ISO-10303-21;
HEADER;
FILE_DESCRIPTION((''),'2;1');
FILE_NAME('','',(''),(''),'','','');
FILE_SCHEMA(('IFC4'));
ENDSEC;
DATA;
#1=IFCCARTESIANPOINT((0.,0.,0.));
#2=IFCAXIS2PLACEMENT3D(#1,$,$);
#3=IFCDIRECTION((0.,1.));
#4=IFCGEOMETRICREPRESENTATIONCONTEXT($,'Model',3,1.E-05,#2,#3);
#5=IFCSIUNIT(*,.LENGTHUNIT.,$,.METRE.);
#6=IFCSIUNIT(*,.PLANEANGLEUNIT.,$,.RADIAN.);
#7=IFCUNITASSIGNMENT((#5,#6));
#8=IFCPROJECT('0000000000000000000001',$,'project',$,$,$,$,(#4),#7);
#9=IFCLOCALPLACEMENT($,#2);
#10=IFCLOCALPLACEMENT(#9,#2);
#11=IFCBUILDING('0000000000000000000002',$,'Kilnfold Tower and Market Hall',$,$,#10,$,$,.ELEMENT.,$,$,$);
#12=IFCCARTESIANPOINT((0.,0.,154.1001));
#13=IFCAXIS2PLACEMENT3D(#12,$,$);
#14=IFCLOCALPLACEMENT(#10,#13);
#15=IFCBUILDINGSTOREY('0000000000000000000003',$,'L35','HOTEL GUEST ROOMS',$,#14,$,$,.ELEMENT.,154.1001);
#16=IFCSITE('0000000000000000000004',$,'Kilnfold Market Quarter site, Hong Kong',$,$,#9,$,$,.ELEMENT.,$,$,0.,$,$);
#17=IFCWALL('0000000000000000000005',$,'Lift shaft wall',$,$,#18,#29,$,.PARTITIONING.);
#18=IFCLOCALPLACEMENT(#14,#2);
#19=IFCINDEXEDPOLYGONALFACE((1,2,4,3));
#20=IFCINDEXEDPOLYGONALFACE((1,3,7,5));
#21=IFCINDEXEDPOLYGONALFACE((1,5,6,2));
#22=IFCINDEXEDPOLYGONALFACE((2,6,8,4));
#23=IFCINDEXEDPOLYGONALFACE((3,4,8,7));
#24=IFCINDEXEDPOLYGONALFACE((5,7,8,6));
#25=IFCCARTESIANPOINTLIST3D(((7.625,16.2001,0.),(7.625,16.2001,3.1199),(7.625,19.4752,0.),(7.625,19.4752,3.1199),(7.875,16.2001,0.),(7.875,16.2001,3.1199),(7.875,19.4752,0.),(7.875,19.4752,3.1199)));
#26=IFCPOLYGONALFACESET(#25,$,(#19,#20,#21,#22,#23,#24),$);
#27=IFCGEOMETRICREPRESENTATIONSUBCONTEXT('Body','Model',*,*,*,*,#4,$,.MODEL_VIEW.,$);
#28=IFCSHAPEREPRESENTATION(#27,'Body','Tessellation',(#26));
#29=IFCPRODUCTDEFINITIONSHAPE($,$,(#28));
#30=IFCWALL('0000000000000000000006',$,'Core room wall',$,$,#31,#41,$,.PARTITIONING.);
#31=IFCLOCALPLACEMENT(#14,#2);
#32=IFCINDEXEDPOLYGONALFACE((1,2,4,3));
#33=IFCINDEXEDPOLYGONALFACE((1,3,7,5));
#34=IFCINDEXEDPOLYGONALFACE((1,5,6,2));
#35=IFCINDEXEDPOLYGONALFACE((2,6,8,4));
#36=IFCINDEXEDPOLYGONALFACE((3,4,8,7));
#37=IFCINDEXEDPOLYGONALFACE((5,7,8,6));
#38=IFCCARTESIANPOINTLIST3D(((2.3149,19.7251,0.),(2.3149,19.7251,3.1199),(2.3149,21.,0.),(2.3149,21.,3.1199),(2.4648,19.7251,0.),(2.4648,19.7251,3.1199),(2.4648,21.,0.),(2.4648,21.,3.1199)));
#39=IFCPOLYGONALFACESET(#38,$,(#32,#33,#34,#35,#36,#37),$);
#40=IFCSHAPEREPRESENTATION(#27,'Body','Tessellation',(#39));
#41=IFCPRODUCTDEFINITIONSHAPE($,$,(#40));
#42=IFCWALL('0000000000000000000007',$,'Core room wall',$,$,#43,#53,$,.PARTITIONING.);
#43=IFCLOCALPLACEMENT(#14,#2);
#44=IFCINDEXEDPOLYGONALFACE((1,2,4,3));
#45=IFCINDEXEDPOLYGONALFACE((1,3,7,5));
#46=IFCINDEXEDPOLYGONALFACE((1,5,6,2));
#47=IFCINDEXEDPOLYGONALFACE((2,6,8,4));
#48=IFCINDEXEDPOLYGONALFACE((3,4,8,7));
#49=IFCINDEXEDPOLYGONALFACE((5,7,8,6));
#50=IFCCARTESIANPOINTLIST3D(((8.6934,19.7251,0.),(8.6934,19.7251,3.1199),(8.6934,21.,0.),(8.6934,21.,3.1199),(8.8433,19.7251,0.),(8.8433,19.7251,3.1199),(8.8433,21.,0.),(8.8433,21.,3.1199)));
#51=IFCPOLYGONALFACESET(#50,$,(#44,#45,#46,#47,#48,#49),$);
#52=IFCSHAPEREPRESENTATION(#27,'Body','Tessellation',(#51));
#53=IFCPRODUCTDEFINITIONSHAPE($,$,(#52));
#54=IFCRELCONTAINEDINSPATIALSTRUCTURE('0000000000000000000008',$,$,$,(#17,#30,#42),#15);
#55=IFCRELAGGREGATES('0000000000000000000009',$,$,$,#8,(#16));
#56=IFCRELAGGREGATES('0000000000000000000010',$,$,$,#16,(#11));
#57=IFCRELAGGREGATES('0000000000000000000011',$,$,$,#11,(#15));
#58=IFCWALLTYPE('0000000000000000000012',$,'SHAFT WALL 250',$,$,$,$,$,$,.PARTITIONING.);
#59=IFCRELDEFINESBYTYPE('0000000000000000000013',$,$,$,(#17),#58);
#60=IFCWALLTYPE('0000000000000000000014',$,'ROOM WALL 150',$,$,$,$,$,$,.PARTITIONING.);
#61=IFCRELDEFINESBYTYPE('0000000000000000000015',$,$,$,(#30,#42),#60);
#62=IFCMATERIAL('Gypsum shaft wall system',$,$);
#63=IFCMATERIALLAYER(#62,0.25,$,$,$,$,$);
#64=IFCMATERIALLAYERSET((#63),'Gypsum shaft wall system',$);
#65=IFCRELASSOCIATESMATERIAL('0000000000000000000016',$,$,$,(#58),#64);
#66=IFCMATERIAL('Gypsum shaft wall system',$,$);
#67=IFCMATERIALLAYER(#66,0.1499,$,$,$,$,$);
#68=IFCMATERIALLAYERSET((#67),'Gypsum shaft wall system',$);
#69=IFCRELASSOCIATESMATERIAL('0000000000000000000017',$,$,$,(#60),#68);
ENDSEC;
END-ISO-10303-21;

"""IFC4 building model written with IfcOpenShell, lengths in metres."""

from ifc_helpers import new_model, si_unit, direction, frame, frame_2d, origin, place, context, subcontext, project, spatial, rectangle, extrude, source, transform, mapped, material, layer, layer_set, type_object, element, save


model = new_model("IFC4")

# Units and contexts
model_context = context("Model", 3, precision=1e-05, world=origin(), true_north=direction((0.0, 1.0)))
body_context = subcontext(model_context, "Body", "Model", "MODEL_VIEW")
ifc_project = project(units=[si_unit("LENGTHUNIT", "METRE"), si_unit("PLANEANGLEUNIT", "RADIAN")], contexts=[model_context])

# Site, building, storey
site_placement = place(None, origin())
site = spatial("IfcSite", under=ifc_project, at=site_placement, Name="Kilnfold Market Quarter site, Hong Kong", CompositionType="ELEMENT", RefElevation=0.0)
building_placement = place(site_placement, origin())
building = spatial("IfcBuilding", under=site, at=building_placement, Name="Kilnfold Tower and Market Hall", CompositionType="ELEMENT")
storey_placement = place(building_placement, frame((0.0, 0.0, 154.1001)))
storey = spatial("IfcBuildingStorey", under=building, at=storey_placement, Name="L35", Description="HOTEL GUEST ROOMS", CompositionType="ELEMENT", Elevation=154.1001)

# Walls
ifc_material_1 = material(Name="Gypsum shaft wall system")
ifc_layer_1 = layer(ifc_material_1, 0.25)
ifc_layer_set_1 = layer_set([ifc_layer_1], Name="Gypsum shaft wall system")
wall_type_1 = type_object("IfcWallType", Name="SHAFT WALL 250", PredefinedType="PARTITIONING", material=ifc_layer_set_1)
shared_shape_1 = source(origin(), body_context, "Body", "SweptSolid", [
    extrude(rectangle(XDim=3.2751, YDim=0.25, at=frame_2d((1.6377, 0.0))), origin(), (0.0, 0.0, 1.0), 3.1199),
])
for number, where, z_axis, x_axis, name in (
    (1, (7.75, 16.2, 0.0), (0.0, 0.0, 1.0), (0.0, 1.0, 0.0), "Lift shaft wall"),
):
    element("IfcWall", number, at=place(storey_placement, frame(where, z_axis=z_axis, x_axis=x_axis)), inside=storey, type_object=wall_type_1, Name=name, PredefinedType="PARTITIONING", context=body_context, shape_type="MappedRepresentation", body=[
        mapped(shared_shape_1, transform((0.0, 0.0, 0.0))),
    ])
ifc_material_2 = material(Name="Gypsum shaft wall system")
ifc_layer_2 = layer(ifc_material_2, 0.1499)
ifc_layer_set_2 = layer_set([ifc_layer_2], Name="Gypsum shaft wall system")
wall_type_2 = type_object("IfcWallType", Name="ROOM WALL 150", PredefinedType="PARTITIONING", material=ifc_layer_set_2)
shared_shape_2 = source(origin(), body_context, "Body", "SweptSolid", [
    extrude(rectangle(XDim=1.2749, YDim=0.1499, at=frame_2d((0.6375, 0.0))), origin(), (0.0, 0.0, 1.0), 3.1199),
])
for number, where, z_axis, x_axis, name in (
    (2, (2.3899, 19.7251, 0.0), (0.0, 0.0, 1.0), (0.0, 1.0, 0.0), "Core room wall"),
    (3, (8.7683, 19.7251, 0.0), (0.0, 0.0, 1.0), (0.0, 1.0, 0.0), "Core room wall"),
):
    element("IfcWall", number, at=place(storey_placement, frame(where, z_axis=z_axis, x_axis=x_axis)), inside=storey, type_object=wall_type_2, Name=name, PredefinedType="PARTITIONING", context=body_context, shape_type="MappedRepresentation", body=[
        mapped(shared_shape_2, transform((0.0, 0.0, 0.0))),
    ])

save(model, "model.ifc")
